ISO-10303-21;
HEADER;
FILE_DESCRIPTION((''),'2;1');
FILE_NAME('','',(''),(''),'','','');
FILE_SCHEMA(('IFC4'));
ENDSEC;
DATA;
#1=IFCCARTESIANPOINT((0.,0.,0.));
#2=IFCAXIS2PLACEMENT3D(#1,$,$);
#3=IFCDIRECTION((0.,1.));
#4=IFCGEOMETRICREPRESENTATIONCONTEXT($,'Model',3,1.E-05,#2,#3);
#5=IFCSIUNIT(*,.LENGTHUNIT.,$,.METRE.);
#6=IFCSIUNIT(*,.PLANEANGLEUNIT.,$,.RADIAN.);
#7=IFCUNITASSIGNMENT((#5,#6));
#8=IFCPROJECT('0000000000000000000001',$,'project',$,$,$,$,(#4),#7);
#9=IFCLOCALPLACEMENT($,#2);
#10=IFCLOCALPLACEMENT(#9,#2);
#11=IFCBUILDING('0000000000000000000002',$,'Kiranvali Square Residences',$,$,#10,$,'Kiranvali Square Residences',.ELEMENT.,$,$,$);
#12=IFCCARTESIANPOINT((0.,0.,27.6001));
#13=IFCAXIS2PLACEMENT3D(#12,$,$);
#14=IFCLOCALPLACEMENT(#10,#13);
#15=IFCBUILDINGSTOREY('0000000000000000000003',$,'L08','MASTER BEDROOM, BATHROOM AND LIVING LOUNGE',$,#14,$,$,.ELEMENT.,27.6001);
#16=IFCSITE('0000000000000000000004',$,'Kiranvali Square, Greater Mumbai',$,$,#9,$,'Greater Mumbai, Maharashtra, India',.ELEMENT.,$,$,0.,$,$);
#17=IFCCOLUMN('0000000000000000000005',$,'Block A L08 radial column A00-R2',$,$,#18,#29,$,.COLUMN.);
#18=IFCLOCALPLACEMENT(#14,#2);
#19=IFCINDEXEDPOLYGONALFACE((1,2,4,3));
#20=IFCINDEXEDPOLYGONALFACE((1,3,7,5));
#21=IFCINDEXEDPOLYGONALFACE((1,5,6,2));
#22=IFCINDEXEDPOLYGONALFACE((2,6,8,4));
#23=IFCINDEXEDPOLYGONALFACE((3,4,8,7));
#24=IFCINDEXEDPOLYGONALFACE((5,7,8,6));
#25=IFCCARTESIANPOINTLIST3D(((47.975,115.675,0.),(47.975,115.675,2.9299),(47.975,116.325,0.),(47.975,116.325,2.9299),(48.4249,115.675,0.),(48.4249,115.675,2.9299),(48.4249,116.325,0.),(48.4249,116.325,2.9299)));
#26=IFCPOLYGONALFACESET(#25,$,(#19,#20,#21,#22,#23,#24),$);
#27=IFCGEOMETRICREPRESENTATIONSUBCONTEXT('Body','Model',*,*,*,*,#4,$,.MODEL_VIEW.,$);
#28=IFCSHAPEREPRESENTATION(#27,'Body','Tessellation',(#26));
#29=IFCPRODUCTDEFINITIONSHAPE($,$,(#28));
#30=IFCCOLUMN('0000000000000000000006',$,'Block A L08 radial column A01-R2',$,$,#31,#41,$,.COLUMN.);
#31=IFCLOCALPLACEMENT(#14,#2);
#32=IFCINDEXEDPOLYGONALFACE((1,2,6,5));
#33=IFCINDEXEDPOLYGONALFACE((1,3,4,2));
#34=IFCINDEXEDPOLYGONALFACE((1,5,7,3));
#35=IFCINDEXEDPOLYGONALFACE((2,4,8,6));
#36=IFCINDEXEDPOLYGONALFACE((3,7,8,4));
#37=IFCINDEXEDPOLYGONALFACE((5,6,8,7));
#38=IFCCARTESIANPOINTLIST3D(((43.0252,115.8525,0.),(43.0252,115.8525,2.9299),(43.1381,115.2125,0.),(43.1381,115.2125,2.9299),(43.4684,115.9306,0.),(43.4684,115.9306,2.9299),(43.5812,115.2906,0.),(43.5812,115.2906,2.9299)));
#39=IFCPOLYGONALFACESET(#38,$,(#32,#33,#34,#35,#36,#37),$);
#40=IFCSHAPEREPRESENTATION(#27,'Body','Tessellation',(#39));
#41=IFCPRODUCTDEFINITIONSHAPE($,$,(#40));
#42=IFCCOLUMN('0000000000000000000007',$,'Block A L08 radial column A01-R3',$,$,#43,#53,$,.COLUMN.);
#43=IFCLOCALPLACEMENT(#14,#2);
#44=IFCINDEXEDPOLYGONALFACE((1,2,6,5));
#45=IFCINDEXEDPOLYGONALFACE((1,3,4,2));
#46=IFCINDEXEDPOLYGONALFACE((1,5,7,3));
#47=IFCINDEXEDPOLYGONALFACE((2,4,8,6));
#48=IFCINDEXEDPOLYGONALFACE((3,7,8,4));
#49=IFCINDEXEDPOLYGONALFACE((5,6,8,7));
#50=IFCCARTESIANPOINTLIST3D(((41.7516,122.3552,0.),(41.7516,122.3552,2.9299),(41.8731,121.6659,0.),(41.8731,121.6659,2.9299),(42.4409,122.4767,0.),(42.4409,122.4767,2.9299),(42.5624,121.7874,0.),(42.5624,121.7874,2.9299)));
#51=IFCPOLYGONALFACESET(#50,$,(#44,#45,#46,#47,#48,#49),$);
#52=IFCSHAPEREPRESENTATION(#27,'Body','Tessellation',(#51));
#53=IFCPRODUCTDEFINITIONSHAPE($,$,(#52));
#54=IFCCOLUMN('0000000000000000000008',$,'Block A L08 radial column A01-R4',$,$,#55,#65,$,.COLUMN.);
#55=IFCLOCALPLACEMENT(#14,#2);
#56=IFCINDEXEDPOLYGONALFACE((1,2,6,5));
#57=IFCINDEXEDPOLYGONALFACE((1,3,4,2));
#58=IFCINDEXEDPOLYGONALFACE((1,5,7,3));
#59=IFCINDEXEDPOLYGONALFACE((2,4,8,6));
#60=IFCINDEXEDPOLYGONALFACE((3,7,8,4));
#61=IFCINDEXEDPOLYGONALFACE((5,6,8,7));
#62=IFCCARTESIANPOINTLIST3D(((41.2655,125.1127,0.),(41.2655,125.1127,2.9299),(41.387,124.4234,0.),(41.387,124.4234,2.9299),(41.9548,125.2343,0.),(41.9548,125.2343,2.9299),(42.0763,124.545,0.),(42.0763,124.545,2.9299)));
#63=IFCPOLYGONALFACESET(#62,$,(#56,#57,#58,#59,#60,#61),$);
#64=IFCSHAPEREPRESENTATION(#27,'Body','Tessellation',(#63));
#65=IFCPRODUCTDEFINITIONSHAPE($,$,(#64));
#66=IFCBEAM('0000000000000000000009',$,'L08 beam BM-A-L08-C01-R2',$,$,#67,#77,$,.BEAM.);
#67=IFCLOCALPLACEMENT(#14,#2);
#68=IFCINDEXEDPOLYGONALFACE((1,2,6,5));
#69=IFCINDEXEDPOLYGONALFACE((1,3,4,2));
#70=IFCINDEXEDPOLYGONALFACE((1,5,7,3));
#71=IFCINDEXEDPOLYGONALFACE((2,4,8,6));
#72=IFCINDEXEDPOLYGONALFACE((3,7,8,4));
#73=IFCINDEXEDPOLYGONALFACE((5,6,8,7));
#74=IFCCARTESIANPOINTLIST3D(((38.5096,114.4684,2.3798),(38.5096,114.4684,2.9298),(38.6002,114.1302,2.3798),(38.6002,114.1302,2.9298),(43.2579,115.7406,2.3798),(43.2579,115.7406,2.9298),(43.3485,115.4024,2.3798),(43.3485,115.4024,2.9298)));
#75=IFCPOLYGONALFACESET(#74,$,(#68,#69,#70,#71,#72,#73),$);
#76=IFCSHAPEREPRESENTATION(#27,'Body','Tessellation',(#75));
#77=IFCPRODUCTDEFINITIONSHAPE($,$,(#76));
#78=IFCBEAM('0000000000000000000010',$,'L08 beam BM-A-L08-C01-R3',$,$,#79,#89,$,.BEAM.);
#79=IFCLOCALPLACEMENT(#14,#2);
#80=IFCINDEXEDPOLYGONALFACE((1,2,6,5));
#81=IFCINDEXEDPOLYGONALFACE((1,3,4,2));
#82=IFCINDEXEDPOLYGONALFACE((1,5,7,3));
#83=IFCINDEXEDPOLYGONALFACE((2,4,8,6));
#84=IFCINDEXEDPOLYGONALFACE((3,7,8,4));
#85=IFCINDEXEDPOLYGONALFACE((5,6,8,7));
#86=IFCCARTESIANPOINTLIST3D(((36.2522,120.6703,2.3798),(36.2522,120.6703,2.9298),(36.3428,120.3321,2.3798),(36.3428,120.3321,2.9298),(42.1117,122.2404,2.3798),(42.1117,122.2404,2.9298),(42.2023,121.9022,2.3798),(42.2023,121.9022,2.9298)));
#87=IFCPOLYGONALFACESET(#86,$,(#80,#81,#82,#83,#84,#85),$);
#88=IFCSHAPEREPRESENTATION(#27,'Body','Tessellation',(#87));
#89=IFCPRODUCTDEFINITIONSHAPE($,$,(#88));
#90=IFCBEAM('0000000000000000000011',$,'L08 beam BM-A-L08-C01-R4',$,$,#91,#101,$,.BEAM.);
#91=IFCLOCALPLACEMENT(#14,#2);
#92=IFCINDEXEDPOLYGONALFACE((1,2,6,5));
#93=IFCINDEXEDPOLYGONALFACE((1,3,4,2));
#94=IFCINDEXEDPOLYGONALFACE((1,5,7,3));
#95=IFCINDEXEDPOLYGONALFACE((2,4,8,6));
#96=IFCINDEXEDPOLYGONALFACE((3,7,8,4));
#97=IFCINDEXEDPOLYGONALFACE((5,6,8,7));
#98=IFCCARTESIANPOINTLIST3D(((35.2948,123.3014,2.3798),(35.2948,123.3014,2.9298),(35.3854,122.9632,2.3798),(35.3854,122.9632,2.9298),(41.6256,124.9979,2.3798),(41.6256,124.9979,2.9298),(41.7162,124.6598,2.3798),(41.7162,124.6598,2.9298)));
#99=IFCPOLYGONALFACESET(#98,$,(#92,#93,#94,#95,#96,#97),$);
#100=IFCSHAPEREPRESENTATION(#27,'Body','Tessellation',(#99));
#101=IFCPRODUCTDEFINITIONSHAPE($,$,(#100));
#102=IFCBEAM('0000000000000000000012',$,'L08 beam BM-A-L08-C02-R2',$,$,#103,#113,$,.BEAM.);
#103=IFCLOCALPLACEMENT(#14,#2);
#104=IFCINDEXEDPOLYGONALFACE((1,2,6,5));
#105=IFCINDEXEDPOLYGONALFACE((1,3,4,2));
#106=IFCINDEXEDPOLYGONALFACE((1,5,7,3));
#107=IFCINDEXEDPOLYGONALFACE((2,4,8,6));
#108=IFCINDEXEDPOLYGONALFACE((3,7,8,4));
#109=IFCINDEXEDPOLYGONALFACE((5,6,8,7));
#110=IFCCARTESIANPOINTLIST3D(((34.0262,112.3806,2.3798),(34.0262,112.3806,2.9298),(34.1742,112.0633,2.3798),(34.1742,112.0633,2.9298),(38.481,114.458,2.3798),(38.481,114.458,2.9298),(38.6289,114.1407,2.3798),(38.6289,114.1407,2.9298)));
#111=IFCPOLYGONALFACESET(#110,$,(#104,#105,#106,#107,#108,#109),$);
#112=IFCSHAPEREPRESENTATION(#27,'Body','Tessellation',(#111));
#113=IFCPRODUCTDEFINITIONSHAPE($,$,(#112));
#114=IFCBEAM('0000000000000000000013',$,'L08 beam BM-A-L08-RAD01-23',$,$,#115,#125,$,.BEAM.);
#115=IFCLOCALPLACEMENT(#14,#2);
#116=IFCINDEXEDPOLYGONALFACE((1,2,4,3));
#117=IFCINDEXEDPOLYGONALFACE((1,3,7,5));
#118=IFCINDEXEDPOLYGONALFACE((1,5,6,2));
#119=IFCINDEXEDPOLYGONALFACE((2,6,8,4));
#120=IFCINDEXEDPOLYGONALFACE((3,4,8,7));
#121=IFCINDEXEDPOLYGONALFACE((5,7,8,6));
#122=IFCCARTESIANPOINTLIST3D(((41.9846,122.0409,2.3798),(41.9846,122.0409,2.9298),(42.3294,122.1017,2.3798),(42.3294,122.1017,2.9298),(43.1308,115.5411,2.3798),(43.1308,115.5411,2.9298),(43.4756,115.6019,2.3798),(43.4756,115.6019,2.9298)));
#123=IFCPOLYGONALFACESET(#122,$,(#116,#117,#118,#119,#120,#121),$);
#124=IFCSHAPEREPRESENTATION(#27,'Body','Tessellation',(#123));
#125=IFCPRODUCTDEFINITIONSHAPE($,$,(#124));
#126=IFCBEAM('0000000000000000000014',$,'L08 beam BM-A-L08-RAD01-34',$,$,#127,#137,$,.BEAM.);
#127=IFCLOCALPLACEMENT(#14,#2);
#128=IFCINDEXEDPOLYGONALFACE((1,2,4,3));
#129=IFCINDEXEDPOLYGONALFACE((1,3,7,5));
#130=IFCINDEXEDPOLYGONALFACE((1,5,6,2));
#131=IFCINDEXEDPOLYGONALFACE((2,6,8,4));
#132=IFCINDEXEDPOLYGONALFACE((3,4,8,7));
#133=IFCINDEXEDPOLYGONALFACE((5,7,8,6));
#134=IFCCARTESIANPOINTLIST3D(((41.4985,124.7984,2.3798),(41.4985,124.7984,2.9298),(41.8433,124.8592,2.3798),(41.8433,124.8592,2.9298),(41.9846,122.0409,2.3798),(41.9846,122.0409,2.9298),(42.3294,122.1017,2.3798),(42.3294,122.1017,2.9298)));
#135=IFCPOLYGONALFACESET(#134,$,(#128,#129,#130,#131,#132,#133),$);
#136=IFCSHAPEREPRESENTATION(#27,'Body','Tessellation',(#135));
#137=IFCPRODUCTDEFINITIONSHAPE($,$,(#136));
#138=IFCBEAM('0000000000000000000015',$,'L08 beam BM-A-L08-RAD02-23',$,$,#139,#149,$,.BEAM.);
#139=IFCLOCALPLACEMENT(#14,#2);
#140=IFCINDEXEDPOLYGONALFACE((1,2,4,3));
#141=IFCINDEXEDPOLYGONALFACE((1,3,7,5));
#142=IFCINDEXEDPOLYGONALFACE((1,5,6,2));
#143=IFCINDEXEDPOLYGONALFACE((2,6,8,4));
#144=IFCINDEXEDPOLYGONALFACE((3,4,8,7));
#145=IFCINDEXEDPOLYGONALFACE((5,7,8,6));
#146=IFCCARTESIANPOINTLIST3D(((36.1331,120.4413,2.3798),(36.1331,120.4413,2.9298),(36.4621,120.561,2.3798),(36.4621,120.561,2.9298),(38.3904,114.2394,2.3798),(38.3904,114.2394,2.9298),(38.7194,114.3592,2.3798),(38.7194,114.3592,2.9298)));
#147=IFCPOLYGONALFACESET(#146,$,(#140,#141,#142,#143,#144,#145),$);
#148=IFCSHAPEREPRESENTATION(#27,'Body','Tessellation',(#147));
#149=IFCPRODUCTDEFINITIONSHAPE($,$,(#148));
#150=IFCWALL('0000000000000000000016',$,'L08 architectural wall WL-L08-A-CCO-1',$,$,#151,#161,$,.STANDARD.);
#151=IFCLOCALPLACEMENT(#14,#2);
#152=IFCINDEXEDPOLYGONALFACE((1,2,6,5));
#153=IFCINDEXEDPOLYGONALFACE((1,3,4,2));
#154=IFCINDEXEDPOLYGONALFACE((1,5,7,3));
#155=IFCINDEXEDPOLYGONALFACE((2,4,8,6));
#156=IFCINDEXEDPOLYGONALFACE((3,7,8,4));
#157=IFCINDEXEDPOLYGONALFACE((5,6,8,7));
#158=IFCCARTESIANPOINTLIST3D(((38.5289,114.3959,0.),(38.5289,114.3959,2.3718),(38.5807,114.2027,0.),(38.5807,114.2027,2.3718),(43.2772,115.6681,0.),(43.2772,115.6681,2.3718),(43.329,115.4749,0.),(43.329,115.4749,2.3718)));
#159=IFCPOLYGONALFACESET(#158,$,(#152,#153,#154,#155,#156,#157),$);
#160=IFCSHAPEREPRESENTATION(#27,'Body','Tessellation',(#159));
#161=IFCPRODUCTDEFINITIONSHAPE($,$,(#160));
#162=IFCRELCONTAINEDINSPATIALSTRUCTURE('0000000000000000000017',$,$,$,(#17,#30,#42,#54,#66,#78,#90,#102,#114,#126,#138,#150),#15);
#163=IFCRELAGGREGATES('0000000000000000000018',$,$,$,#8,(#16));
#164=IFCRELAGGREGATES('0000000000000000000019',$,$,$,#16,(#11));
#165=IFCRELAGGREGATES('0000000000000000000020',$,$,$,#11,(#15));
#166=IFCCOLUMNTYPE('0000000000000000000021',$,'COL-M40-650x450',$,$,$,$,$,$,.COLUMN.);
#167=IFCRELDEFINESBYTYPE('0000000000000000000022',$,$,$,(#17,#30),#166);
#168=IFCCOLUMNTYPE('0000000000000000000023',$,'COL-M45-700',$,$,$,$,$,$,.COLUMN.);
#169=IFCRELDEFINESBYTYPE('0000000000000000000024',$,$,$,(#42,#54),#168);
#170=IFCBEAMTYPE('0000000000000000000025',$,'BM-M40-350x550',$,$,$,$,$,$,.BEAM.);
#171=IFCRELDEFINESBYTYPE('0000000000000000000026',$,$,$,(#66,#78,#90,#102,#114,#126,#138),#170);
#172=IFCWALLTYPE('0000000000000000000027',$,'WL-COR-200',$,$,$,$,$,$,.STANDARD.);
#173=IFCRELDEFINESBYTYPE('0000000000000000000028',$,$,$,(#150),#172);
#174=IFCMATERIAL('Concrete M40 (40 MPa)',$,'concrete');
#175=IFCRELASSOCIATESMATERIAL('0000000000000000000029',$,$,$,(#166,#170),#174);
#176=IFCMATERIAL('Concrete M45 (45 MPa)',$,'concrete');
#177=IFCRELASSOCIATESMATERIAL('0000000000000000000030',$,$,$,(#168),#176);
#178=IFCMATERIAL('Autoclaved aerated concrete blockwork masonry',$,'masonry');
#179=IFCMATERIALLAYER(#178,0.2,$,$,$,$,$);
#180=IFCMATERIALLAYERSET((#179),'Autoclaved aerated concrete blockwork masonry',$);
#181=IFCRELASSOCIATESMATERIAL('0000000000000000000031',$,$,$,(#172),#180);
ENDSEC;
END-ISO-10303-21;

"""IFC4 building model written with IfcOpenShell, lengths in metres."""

from ifc_helpers import new_model, si_unit, direction, frame, frame_2d, origin, origin_2d, place, context, subcontext, project, spatial, rectangle, extrude, material, layer, layer_set, material_profile, profile_set, type_object, element, save


model = new_model("IFC4")

# Units and contexts
model_context = context("Model", 3, precision=1e-05, world=origin(), true_north=direction((0.0, 1.0)))
body_context = subcontext(model_context, "Body", "Model", "MODEL_VIEW")
ifc_project = project(units=[si_unit("LENGTHUNIT", "METRE"), si_unit("PLANEANGLEUNIT", "RADIAN")], contexts=[model_context])

# Site, building, storey
site_placement = place(None, origin())
site = spatial("IfcSite", under=ifc_project, at=site_placement, Name="Kiranvali Square, Greater Mumbai", LongName="Greater Mumbai, Maharashtra, India", CompositionType="ELEMENT", RefElevation=0.0)
building_placement = place(site_placement, origin())
building = spatial("IfcBuilding", under=site, at=building_placement, Name="Kiranvali Square Residences", LongName="Kiranvali Square Residences", CompositionType="ELEMENT")
storey_placement = place(building_placement, frame((0.0, 0.0, 27.6001)))
storey = spatial("IfcBuildingStorey", under=building, at=storey_placement, Name="L08", Description="MASTER BEDROOM, BATHROOM AND LIVING LOUNGE", CompositionType="ELEMENT", Elevation=27.6001)

# Columns
ifc_material_1 = material(Name="Concrete M40 (40 MPa)", Category="concrete")
ifc_material_profile_1 = material_profile(ifc_material_1, rectangle(XDim=0.45, YDim=0.6499, at=origin_2d()), Name="RC 650x450")
ifc_profile_set_1 = profile_set([ifc_material_profile_1], Name="Concrete M40 (40 MPa)")
column_type_1 = type_object("IfcColumnType", Name="COL-M40-650x450", PredefinedType="COLUMN", material=ifc_profile_set_1)
for number, where, z_axis, x_axis, name in (
    (1, (48.2, 116.0, 0.0), (0.0, 0.0, 1.0), (1.0, 0.0, 0.0), "Block A L08 radial column A00-R2"),
    (2, (43.3032, 115.5715, 0.0), (0.0, 0.0, 1.0), (0.984808, 0.173648, 0.0), "Block A L08 radial column A01-R2"),
):
    element("IfcColumn", number, at=place(storey_placement, frame(where, z_axis=z_axis, x_axis=x_axis)), inside=storey, type_object=column_type_1, Name=name, PredefinedType="COLUMN", context=body_context, shape_type="SweptSolid", body=[
        extrude(rectangle(XDim=0.45, YDim=0.6499, at=origin_2d()), origin(), (0.0, 0.0, 1.0), 2.9299),
    ])
ifc_material_2 = material(Name="Concrete M45 (45 MPa)", Category="concrete")
ifc_material_profile_2 = material_profile(ifc_material_2, rectangle(XDim=0.7, YDim=0.7, at=origin_2d()), Name="RC 700x700")
ifc_profile_set_2 = profile_set([ifc_material_profile_2], Name="Concrete M45 (45 MPa)")
column_type_2 = type_object("IfcColumnType", Name="COL-M45-700", PredefinedType="COLUMN", material=ifc_profile_set_2)
for number, where, z_axis, x_axis, name in (
    (3, (42.157, 122.0713, 0.0), (0.0, 0.0, 1.0), (0.984808, 0.173648, 0.0), "Block A L08 radial column A01-R3"),
    (4, (41.6709, 124.8289, 0.0), (0.0, 0.0, 1.0), (0.984808, 0.173648, 0.0), "Block A L08 radial column A01-R4"),
):
    element("IfcColumn", number, at=place(storey_placement, frame(where, z_axis=z_axis, x_axis=x_axis)), inside=storey, type_object=column_type_2, Name=name, PredefinedType="COLUMN", context=body_context, shape_type="SweptSolid", body=[
        extrude(rectangle(XDim=0.7, YDim=0.7, at=origin_2d()), origin(), (0.0, 0.0, 1.0), 2.9299),
    ])

# Beams
ifc_material_profile_3 = material_profile(ifc_material_1, rectangle(XDim=0.3501, YDim=0.55, at=origin_2d()), Name="RC 350x550")
ifc_profile_set_3 = profile_set([ifc_material_profile_3], Name="Concrete M40 (40 MPa)")
beam_type = type_object("IfcBeamType", Name="BM-M40-350x550", PredefinedType="BEAM", material=ifc_profile_set_3)
beam_1_placement = place(storey_placement, frame((43.3032, 115.5715, 2.6548), z_axis=(-0.96593, -0.258803, 0.0), x_axis=(0.258803, -0.96593, 0.0)))
element("IfcBeam", 5, at=beam_1_placement, inside=storey, type_object=beam_type, Name="L08 beam BM-A-L08-C01-R2", PredefinedType="BEAM", context=body_context, shape_type="SweptSolid", body=[
    extrude(rectangle(XDim=0.3501, YDim=0.55, at=origin_2d()), origin(), (0.0, 0.0, 1.0), 4.9158),
])
beam_2_placement = place(storey_placement, frame((42.157, 122.0713, 2.6548), z_axis=(-0.965924, -0.258827, 0.0), x_axis=(0.258827, -0.965924, 0.0)))
element("IfcBeam", 6, at=beam_2_placement, inside=storey, type_object=beam_type, Name="L08 beam BM-A-L08-C01-R3", PredefinedType="BEAM", context=body_context, shape_type="SweptSolid", body=[
    extrude(rectangle(XDim=0.3501, YDim=0.55, at=origin_2d()), origin(), (0.0, 0.0, 1.0), 6.0662),
])
beam_3_placement = place(storey_placement, frame((41.6709, 124.8289, 2.6548), z_axis=(-0.965918, -0.258847, 0.0), x_axis=(0.258847, -0.965918, 0.0)))
element("IfcBeam", 7, at=beam_3_placement, inside=storey, type_object=beam_type, Name="L08 beam BM-A-L08-C01-R4", PredefinedType="BEAM", context=body_context, shape_type="SweptSolid", body=[
    extrude(rectangle(XDim=0.3501, YDim=0.55, at=origin_2d()), origin(), (0.0, 0.0, 1.0), 6.5542),
])
beam_4_placement = place(storey_placement, frame((38.5549, 114.2993, 2.6548), z_axis=(-0.906302, -0.42263, 0.0), x_axis=(0.42263, -0.906302, 0.0)))
element("IfcBeam", 8, at=beam_4_placement, inside=storey, type_object=beam_type, Name="L08 beam BM-A-L08-C02-R2", PredefinedType="BEAM", context=body_context, shape_type="SweptSolid", body=[
    extrude(rectangle(XDim=0.3501, YDim=0.55, at=origin_2d()), origin(), (0.0, 0.0, 1.0), 4.9153),
])
beam_5_placement = place(storey_placement, frame((43.3032, 115.5715, 2.6548), z_axis=(-0.173671, 0.984804, 0.0), x_axis=(-0.984804, -0.173671, 0.0)))
element("IfcBeam", 9, at=beam_5_placement, inside=storey, type_object=beam_type, Name="L08 beam BM-A-L08-RAD01-23", PredefinedType="BEAM", context=body_context, shape_type="SweptSolid", body=[
    extrude(rectangle(XDim=0.3501, YDim=0.55, at=origin_2d()), origin(), (0.0, 0.0, 1.0), 6.6001),
])
beam_6_placement = place(storey_placement, frame((42.157, 122.0713, 2.6548), z_axis=(-0.173596, 0.984817, 0.0), x_axis=(-0.984817, -0.173596, 0.0)))
element("IfcBeam", 10, at=beam_6_placement, inside=storey, type_object=beam_type, Name="L08 beam BM-A-L08-RAD01-34", PredefinedType="BEAM", context=body_context, shape_type="SweptSolid", body=[
    extrude(rectangle(XDim=0.3501, YDim=0.55, at=origin_2d()), origin(), (0.0, 0.0, 1.0), 2.8),
])
beam_7_placement = place(storey_placement, frame((38.5549, 114.2993, 2.6548), z_axis=(-0.342022, 0.939692, 0.0), x_axis=(-0.939692, -0.342022, 0.0)))
element("IfcBeam", 11, at=beam_7_placement, inside=storey, type_object=beam_type, Name="L08 beam BM-A-L08-RAD02-23", PredefinedType="BEAM", context=body_context, shape_type="SweptSolid", body=[
    extrude(rectangle(XDim=0.3501, YDim=0.55, at=origin_2d()), origin(), (0.0, 0.0, 1.0), 6.5999),
])

# Wall
ifc_material_3 = material(Name="Autoclaved aerated concrete blockwork masonry", Category="masonry")
ifc_layer_1 = layer(ifc_material_3, 0.2)
ifc_layer_set_1 = layer_set([ifc_layer_1], Name="Autoclaved aerated concrete blockwork masonry")
wall_type_1 = type_object("IfcWallType", Name="WL-COR-200", PredefinedType="STANDARD", material=ifc_layer_set_1)
wall_1_placement = place(storey_placement, frame((43.3032, 115.5715, 0.0), z_axis=(0.0, 0.0, 1.0), x_axis=(-0.96593, -0.258803, 0.0)))
element("IfcWall", 12, at=wall_1_placement, inside=storey, type_object=wall_type_1, Name="L08 architectural wall WL-L08-A-CCO-1", PredefinedType="STANDARD", context=body_context, shape_type="SweptSolid", body=[
    extrude(rectangle(XDim=4.9158, YDim=0.2, at=frame_2d((2.458, 0.0))), origin(), (0.0, 0.0, 1.0), 2.3718),
])

save(model, "model.ifc")
